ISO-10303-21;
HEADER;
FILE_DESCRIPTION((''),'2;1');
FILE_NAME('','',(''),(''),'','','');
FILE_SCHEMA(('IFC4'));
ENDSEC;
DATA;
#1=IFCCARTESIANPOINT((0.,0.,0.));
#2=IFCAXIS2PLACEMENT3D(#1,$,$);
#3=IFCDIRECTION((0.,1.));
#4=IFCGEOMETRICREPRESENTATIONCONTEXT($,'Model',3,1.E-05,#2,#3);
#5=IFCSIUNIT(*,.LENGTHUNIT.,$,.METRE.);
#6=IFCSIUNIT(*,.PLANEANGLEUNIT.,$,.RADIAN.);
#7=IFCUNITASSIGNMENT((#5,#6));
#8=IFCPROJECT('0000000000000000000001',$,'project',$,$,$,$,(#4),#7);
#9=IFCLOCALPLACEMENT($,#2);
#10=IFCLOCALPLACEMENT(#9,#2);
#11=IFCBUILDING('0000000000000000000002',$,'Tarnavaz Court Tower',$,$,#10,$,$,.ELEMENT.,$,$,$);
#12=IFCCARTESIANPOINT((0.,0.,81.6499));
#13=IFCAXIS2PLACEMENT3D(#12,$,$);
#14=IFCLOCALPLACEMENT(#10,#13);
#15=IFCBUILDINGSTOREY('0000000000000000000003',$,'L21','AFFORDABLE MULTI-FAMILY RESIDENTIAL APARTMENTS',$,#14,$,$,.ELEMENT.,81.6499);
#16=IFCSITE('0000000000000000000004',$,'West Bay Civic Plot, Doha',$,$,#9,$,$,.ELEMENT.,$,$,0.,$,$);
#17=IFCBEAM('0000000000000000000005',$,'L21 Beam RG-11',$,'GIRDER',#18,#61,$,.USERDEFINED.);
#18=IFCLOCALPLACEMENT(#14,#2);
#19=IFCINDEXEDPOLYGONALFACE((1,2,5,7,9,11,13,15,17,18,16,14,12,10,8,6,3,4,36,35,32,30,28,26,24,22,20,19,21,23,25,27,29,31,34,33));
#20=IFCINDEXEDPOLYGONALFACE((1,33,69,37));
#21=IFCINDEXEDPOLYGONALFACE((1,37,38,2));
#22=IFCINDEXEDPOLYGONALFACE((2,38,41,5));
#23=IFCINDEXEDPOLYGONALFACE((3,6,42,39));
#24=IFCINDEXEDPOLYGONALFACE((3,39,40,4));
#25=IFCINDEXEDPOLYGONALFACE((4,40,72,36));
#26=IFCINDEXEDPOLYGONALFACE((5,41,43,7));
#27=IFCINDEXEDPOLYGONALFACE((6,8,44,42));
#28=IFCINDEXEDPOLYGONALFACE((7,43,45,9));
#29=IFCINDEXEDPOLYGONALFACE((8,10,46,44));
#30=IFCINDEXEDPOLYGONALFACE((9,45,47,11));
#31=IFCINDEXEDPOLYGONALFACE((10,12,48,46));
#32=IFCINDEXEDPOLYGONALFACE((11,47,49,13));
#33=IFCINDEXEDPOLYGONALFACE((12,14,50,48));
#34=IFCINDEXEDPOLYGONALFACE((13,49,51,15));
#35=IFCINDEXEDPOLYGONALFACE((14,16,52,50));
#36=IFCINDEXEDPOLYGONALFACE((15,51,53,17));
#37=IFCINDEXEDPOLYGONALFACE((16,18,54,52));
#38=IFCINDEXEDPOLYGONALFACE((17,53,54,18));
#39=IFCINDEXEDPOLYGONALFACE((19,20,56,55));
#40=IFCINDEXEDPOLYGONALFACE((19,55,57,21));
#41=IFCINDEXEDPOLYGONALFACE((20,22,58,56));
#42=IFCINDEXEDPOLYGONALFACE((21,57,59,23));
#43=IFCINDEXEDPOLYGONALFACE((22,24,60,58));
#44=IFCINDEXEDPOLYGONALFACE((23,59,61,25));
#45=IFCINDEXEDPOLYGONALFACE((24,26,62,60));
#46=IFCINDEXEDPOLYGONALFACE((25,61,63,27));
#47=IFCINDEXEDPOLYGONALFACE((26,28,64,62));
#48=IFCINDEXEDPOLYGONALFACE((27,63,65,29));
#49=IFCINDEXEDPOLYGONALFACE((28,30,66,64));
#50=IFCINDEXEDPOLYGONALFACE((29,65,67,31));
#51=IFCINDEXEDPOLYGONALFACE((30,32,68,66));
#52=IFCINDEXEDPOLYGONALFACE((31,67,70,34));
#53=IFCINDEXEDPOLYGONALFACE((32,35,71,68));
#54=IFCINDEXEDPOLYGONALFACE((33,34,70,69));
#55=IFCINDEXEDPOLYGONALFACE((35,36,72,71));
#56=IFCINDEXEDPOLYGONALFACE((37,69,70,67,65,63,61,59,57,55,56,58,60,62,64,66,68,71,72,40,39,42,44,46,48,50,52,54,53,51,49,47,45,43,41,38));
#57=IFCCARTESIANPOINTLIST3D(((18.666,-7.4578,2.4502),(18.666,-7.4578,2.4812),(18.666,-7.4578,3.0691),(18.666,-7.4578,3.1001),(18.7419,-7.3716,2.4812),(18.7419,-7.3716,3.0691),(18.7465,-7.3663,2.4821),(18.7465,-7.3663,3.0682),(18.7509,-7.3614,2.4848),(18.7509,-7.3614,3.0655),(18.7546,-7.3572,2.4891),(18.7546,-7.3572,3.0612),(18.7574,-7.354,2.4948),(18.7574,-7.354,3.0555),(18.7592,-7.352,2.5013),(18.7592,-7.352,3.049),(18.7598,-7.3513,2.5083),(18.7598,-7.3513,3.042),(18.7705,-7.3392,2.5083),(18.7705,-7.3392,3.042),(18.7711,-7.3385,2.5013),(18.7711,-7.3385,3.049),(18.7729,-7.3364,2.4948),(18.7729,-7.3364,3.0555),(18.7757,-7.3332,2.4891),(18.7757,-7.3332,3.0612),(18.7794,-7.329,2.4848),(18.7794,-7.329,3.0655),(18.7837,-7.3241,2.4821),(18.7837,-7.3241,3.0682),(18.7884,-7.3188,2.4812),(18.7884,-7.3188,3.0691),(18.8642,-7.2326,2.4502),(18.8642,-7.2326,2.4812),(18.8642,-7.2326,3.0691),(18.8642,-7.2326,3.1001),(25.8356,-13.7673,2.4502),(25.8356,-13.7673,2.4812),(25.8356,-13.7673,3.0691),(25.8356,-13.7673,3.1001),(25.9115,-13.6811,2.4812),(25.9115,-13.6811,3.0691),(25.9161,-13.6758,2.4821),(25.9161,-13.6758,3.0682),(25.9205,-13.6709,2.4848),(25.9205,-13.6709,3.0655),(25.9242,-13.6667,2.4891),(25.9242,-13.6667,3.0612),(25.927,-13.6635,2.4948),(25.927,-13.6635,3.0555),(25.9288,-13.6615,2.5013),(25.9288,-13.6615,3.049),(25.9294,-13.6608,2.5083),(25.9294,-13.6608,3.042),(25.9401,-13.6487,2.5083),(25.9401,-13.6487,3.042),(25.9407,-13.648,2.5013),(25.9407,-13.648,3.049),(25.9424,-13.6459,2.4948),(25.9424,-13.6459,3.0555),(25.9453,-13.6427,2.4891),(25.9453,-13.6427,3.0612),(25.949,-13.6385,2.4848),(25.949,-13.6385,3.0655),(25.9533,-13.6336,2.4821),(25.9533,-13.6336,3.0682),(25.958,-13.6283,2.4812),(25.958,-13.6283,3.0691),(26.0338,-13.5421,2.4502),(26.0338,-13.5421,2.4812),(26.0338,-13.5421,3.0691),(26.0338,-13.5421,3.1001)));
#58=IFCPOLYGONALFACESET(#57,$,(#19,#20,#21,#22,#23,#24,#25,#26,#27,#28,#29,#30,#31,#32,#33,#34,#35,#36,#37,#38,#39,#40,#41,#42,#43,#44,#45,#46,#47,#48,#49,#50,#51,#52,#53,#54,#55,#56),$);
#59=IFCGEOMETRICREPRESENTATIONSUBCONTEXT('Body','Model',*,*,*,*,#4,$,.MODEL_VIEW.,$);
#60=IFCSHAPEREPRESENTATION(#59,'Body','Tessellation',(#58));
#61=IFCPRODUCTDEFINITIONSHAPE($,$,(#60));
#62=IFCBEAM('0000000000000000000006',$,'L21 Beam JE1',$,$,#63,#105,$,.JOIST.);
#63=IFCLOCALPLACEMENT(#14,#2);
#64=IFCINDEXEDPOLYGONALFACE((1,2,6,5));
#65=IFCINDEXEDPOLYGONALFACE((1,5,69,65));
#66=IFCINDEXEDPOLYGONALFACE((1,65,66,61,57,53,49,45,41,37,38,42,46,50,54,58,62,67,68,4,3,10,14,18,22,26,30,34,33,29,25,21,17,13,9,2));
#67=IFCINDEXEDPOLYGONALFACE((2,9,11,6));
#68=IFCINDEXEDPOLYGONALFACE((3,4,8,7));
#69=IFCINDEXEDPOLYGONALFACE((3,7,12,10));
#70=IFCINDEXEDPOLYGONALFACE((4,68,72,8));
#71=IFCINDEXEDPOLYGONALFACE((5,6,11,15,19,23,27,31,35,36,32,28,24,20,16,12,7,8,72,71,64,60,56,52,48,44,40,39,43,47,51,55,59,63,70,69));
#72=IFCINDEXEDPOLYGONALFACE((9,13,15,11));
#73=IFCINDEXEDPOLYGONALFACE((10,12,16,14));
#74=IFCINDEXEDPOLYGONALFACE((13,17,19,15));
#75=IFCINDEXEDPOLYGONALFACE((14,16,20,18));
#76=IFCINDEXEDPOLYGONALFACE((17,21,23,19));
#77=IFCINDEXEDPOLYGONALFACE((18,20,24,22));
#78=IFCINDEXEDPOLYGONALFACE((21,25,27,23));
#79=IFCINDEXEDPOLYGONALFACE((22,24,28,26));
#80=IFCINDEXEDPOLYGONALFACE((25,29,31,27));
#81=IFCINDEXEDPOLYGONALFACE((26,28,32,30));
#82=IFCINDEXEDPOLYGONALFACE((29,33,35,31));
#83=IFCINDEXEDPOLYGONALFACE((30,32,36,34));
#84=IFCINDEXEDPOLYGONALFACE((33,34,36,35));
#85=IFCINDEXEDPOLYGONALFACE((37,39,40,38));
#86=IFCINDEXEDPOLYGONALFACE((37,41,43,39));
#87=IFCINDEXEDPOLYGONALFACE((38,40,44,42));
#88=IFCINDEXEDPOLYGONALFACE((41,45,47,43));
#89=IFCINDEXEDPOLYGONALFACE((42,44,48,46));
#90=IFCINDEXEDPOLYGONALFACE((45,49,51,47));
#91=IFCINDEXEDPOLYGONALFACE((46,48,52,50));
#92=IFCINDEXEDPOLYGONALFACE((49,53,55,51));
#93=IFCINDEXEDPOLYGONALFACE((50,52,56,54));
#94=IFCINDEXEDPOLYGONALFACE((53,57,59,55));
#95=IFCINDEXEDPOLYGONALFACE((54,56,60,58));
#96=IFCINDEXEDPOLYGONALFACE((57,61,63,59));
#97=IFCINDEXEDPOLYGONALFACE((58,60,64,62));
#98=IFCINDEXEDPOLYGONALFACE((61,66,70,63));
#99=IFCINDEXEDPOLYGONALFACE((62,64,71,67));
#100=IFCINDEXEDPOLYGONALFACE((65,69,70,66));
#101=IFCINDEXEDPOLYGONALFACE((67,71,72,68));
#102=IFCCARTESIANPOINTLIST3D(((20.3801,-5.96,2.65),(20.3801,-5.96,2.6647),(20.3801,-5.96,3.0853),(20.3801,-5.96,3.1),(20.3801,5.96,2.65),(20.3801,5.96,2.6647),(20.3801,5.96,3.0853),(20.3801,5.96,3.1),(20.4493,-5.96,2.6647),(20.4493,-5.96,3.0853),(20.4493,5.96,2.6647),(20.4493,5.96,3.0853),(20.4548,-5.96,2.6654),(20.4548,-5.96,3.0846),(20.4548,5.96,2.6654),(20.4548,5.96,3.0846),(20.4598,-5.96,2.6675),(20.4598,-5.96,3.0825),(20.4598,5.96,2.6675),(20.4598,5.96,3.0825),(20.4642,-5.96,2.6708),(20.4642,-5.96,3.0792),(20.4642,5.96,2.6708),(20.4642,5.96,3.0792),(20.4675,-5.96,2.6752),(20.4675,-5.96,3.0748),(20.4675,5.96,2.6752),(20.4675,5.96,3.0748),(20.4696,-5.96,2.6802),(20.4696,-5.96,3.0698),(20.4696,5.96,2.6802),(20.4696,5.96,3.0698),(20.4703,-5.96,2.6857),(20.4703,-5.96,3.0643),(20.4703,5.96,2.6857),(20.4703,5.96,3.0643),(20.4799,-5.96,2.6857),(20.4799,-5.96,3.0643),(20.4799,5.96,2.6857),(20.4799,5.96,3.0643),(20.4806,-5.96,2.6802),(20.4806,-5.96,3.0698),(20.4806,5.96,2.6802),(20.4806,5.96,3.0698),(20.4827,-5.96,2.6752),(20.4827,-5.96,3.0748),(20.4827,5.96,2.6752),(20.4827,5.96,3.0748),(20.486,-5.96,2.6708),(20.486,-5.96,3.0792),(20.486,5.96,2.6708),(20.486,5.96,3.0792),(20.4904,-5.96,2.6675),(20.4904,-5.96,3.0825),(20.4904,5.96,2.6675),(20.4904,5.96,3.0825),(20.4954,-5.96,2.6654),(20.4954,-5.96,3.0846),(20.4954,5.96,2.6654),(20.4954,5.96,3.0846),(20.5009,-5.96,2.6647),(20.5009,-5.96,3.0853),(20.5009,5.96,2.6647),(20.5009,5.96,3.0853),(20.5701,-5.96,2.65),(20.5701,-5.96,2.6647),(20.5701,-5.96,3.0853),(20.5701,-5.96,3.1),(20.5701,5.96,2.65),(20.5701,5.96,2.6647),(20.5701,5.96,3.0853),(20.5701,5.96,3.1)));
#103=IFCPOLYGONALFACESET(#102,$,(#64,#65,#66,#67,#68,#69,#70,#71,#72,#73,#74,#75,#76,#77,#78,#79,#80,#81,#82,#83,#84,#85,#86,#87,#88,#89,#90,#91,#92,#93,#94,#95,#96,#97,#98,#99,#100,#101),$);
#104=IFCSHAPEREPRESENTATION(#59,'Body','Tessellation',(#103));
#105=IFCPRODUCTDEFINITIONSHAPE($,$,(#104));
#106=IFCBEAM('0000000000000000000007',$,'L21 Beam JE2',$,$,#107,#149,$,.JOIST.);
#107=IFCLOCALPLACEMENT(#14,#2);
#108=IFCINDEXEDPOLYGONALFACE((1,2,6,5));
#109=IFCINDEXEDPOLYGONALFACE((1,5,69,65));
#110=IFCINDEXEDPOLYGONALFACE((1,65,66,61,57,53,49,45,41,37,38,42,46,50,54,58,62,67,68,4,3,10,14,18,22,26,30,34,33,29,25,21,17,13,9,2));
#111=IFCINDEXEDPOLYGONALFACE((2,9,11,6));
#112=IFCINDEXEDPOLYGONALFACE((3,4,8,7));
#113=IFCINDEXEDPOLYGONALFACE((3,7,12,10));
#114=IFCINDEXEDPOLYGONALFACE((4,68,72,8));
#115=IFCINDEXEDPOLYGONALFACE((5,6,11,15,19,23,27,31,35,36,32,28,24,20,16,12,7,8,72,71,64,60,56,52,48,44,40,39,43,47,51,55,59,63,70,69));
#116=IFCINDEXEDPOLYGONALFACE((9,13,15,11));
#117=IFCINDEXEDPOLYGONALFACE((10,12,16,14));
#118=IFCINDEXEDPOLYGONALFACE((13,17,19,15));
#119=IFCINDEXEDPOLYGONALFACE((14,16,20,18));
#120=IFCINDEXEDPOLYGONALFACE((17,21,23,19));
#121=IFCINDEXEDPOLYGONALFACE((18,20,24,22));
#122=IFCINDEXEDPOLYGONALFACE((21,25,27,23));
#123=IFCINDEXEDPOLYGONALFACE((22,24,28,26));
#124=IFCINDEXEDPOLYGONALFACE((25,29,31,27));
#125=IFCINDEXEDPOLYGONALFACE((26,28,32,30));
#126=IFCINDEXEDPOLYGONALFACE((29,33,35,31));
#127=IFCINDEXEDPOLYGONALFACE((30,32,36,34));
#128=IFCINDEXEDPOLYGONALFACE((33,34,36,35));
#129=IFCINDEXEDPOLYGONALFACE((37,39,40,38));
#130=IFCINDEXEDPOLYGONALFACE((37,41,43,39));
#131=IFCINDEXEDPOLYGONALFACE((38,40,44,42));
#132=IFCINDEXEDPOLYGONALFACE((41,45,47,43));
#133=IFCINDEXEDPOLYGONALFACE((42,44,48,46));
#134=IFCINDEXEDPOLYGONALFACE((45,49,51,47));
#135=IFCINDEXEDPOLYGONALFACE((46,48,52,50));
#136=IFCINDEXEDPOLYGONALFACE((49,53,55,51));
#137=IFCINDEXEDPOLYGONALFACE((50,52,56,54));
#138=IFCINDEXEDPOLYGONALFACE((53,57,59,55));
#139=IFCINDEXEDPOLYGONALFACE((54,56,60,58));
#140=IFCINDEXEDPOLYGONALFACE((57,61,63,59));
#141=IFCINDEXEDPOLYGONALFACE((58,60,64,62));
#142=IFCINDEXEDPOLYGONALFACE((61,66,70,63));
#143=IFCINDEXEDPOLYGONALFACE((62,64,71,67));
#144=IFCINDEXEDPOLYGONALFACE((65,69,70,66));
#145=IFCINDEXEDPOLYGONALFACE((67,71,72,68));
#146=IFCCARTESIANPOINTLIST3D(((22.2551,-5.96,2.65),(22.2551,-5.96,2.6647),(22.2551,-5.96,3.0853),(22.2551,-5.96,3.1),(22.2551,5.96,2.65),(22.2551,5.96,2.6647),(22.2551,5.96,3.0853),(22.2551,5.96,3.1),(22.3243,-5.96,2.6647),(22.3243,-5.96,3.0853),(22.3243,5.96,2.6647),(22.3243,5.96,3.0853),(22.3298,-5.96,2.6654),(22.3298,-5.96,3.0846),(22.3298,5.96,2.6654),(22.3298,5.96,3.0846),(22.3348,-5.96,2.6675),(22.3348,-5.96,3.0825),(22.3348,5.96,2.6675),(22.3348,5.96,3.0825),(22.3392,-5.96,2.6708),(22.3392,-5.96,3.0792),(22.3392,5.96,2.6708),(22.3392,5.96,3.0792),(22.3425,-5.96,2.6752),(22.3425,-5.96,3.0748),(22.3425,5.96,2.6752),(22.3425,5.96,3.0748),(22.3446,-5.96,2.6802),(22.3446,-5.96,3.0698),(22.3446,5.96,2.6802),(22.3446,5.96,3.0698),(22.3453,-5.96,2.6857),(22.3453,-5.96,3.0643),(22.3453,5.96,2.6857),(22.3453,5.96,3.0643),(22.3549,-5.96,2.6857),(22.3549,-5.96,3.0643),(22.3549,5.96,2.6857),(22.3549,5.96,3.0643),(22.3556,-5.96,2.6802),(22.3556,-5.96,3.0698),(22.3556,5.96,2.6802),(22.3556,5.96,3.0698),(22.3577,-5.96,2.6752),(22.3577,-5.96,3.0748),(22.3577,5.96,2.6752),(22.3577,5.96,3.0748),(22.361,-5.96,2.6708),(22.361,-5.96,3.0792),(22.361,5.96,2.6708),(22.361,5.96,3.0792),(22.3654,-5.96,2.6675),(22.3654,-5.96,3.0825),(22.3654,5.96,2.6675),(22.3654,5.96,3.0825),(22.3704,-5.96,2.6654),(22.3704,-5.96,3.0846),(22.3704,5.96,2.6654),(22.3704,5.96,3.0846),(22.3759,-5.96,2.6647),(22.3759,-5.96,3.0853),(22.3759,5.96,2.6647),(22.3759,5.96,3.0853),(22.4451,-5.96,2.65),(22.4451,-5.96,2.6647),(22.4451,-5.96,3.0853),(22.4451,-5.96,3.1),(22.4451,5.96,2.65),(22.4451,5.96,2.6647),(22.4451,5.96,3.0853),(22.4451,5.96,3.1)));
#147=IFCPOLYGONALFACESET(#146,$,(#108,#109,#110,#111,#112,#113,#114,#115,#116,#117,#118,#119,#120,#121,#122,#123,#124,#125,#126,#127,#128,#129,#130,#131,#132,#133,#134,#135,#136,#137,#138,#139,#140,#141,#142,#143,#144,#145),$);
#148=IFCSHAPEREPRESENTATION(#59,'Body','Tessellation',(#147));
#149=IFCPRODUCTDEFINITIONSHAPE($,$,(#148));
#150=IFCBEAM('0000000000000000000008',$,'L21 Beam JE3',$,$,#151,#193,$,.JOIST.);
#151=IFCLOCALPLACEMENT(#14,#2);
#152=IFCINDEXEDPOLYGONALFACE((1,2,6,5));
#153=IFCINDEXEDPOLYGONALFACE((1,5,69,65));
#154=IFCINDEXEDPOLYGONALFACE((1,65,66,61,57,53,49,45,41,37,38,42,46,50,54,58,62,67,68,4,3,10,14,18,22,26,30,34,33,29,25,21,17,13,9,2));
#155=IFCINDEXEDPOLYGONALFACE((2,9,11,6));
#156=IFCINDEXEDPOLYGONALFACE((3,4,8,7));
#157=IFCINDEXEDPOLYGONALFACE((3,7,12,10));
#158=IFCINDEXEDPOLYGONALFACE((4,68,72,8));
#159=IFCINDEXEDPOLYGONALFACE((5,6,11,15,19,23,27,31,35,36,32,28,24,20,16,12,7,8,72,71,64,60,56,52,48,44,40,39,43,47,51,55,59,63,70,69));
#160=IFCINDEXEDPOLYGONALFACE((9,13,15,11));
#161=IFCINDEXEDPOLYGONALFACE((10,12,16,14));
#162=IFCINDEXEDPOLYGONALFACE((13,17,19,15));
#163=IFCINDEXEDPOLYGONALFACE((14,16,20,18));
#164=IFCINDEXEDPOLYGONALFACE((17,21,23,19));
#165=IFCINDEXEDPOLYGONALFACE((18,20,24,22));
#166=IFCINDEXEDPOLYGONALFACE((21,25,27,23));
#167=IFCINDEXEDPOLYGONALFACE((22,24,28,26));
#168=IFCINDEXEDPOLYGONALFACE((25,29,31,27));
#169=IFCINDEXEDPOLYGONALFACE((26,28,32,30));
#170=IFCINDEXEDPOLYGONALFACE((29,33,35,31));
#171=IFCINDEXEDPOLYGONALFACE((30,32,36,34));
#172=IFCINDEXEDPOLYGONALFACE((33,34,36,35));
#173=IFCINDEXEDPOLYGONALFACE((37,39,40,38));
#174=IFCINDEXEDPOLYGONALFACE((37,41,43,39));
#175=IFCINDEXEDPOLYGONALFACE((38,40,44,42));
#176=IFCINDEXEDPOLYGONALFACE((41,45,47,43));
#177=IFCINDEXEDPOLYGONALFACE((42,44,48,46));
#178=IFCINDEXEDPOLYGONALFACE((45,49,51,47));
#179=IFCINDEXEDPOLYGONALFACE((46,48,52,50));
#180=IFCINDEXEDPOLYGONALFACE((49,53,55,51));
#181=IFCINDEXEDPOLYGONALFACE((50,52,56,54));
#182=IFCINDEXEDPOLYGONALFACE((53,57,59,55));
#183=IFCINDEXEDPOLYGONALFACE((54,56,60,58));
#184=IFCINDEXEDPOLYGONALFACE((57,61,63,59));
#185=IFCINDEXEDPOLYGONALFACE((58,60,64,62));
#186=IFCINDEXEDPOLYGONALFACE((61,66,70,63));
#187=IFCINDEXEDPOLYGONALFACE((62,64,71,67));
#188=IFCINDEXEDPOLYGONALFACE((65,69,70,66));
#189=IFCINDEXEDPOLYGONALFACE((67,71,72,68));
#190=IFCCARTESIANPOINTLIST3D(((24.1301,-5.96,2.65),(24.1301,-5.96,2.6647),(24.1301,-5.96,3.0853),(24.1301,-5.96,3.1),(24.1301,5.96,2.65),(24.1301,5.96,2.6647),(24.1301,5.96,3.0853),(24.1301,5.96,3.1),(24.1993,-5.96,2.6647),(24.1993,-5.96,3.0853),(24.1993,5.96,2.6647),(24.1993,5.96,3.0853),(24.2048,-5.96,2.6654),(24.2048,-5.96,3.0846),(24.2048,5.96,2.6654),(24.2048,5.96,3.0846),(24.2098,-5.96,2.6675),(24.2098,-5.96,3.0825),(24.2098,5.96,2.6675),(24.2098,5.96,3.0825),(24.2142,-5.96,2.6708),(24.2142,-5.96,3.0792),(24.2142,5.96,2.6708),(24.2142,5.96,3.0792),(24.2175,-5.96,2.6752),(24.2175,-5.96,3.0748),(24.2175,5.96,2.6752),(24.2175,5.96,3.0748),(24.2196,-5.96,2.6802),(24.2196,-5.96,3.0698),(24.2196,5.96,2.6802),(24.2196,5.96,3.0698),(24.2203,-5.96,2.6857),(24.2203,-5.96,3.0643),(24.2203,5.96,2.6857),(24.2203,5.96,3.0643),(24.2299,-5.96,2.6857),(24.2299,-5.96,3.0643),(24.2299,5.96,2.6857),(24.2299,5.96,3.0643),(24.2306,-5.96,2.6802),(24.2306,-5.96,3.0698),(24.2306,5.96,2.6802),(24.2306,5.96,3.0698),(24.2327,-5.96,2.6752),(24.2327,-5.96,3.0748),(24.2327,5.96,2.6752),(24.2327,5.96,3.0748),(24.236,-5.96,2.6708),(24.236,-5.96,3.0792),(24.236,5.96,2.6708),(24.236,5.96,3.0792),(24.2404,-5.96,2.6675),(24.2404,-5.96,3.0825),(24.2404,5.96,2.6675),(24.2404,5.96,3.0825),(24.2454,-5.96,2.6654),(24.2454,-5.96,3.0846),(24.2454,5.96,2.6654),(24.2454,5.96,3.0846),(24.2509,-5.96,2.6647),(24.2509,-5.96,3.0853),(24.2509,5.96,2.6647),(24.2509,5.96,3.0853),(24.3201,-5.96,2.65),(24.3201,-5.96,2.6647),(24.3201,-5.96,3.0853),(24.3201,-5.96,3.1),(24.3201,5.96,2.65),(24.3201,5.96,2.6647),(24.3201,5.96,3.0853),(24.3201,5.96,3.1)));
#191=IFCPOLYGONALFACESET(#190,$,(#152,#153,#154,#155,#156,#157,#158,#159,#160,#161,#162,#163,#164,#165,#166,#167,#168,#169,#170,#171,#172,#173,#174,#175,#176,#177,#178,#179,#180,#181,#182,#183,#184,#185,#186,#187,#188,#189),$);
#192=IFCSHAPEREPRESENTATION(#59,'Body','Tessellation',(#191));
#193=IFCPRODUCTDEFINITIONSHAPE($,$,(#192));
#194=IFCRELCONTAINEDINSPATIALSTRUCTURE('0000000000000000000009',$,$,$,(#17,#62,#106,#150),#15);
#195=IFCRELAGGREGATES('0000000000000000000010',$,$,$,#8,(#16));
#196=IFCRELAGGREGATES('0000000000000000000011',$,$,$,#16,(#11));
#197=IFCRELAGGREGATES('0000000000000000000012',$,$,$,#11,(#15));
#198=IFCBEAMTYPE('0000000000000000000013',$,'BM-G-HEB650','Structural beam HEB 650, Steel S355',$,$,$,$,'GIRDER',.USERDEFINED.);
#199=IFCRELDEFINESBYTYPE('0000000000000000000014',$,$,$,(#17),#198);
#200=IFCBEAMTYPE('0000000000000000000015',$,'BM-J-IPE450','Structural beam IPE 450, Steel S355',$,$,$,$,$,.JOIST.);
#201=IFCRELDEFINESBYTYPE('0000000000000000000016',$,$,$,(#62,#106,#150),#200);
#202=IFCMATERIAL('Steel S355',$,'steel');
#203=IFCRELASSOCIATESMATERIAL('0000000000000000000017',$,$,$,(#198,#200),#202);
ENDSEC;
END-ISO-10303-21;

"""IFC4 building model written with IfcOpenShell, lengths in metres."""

from ifc_helpers import new_model, si_unit, direction, frame, origin, origin_2d, place, context, subcontext, project, spatial, i_section, extrude, material, material_profile, profile_set, type_object, element, save


model = new_model("IFC4")

# Units and contexts
model_context = context("Model", 3, precision=1e-05, world=origin(), true_north=direction((0.0, 1.0)))
body_context = subcontext(model_context, "Body", "Model", "MODEL_VIEW")
ifc_project = project(units=[si_unit("LENGTHUNIT", "METRE"), si_unit("PLANEANGLEUNIT", "RADIAN")], contexts=[model_context])

# Site, building, storey
site_placement = place(None, origin())
site = spatial("IfcSite", under=ifc_project, at=site_placement, Name="West Bay Civic Plot, Doha", CompositionType="ELEMENT", RefElevation=0.0)
building_placement = place(site_placement, origin())
building = spatial("IfcBuilding", under=site, at=building_placement, Name="Tarnavaz Court Tower", CompositionType="ELEMENT")
storey_placement = place(building_placement, frame((0.0, 0.0, 81.6499)))
storey = spatial("IfcBuildingStorey", under=building, at=storey_placement, Name="L21", Description="AFFORDABLE MULTI-FAMILY RESIDENTIAL APARTMENTS", CompositionType="ELEMENT", Elevation=81.6499)

# Beams
ifc_material_1 = material(Name="Steel S355", Category="steel")
ifc_material_profile_1 = material_profile(ifc_material_1, i_section(OverallWidth=0.3, OverallDepth=0.6499, WebThickness=0.0161, FlangeThickness=0.031, FilletRadius=0.0271, at=origin_2d()), Name="HEB 650")
ifc_profile_set_1 = profile_set([ifc_material_profile_1], Name="Steel S355")
beam_type_1 = type_object("IfcBeamType", Name="BM-G-HEB650", Description="Structural beam HEB 650, Steel S355", ElementType="GIRDER", PredefinedType="USERDEFINED", material=ifc_profile_set_1)
beam_1_placement = place(storey_placement, frame((18.7651, -7.3452, 2.7751), z_axis=(0.7507, -0.660643, 0.0), x_axis=(0.660643, 0.7507, 0.0)))
element("IfcBeam", 1, at=beam_1_placement, inside=storey, type_object=beam_type_1, Name="L21 Beam RG-11", ObjectType="GIRDER", PredefinedType="USERDEFINED", context=body_context, shape_type="SweptSolid", body=[
    extrude(i_section(OverallWidth=0.3, OverallDepth=0.6499, WebThickness=0.0161, FlangeThickness=0.031, FilletRadius=0.0271, at=origin_2d()), origin(), (0.0, 0.0, 1.0), 9.5505),
])
ifc_material_profile_2 = material_profile(ifc_material_1, i_section(OverallWidth=0.1899, OverallDepth=0.45, WebThickness=0.0095, FlangeThickness=0.0146, FilletRadius=0.021, at=origin_2d()), Name="IPE 450")
ifc_profile_set_2 = profile_set([ifc_material_profile_2], Name="Steel S355")
beam_type_2 = type_object("IfcBeamType", Name="BM-J-IPE450", Description="Structural beam IPE 450, Steel S355", PredefinedType="JOIST", material=ifc_profile_set_2)
for number, where, z_axis, x_axis, name in (
    (2, (20.4751, -5.96, 2.875), (0.0, 1.0, 0.0), (-1.0, 0.0, 0.0), "L21 Beam JE1"),
    (3, (22.3501, -5.96, 2.875), (0.0, 1.0, 0.0), (-1.0, 0.0, 0.0), "L21 Beam JE2"),
    (4, (24.2251, -5.96, 2.875), (0.0, 1.0, 0.0), (-1.0, 0.0, 0.0), "L21 Beam JE3"),
):
    element("IfcBeam", number, at=place(storey_placement, frame(where, z_axis=z_axis, x_axis=x_axis)), inside=storey, type_object=beam_type_2, Name=name, PredefinedType="JOIST", context=body_context, shape_type="SweptSolid", body=[
        extrude(i_section(OverallWidth=0.1899, OverallDepth=0.45, WebThickness=0.0095, FlangeThickness=0.0146, FilletRadius=0.021, at=origin_2d()), origin(), (0.0, 0.0, 1.0), 11.9199),
    ])

save(model, "model.ifc")
